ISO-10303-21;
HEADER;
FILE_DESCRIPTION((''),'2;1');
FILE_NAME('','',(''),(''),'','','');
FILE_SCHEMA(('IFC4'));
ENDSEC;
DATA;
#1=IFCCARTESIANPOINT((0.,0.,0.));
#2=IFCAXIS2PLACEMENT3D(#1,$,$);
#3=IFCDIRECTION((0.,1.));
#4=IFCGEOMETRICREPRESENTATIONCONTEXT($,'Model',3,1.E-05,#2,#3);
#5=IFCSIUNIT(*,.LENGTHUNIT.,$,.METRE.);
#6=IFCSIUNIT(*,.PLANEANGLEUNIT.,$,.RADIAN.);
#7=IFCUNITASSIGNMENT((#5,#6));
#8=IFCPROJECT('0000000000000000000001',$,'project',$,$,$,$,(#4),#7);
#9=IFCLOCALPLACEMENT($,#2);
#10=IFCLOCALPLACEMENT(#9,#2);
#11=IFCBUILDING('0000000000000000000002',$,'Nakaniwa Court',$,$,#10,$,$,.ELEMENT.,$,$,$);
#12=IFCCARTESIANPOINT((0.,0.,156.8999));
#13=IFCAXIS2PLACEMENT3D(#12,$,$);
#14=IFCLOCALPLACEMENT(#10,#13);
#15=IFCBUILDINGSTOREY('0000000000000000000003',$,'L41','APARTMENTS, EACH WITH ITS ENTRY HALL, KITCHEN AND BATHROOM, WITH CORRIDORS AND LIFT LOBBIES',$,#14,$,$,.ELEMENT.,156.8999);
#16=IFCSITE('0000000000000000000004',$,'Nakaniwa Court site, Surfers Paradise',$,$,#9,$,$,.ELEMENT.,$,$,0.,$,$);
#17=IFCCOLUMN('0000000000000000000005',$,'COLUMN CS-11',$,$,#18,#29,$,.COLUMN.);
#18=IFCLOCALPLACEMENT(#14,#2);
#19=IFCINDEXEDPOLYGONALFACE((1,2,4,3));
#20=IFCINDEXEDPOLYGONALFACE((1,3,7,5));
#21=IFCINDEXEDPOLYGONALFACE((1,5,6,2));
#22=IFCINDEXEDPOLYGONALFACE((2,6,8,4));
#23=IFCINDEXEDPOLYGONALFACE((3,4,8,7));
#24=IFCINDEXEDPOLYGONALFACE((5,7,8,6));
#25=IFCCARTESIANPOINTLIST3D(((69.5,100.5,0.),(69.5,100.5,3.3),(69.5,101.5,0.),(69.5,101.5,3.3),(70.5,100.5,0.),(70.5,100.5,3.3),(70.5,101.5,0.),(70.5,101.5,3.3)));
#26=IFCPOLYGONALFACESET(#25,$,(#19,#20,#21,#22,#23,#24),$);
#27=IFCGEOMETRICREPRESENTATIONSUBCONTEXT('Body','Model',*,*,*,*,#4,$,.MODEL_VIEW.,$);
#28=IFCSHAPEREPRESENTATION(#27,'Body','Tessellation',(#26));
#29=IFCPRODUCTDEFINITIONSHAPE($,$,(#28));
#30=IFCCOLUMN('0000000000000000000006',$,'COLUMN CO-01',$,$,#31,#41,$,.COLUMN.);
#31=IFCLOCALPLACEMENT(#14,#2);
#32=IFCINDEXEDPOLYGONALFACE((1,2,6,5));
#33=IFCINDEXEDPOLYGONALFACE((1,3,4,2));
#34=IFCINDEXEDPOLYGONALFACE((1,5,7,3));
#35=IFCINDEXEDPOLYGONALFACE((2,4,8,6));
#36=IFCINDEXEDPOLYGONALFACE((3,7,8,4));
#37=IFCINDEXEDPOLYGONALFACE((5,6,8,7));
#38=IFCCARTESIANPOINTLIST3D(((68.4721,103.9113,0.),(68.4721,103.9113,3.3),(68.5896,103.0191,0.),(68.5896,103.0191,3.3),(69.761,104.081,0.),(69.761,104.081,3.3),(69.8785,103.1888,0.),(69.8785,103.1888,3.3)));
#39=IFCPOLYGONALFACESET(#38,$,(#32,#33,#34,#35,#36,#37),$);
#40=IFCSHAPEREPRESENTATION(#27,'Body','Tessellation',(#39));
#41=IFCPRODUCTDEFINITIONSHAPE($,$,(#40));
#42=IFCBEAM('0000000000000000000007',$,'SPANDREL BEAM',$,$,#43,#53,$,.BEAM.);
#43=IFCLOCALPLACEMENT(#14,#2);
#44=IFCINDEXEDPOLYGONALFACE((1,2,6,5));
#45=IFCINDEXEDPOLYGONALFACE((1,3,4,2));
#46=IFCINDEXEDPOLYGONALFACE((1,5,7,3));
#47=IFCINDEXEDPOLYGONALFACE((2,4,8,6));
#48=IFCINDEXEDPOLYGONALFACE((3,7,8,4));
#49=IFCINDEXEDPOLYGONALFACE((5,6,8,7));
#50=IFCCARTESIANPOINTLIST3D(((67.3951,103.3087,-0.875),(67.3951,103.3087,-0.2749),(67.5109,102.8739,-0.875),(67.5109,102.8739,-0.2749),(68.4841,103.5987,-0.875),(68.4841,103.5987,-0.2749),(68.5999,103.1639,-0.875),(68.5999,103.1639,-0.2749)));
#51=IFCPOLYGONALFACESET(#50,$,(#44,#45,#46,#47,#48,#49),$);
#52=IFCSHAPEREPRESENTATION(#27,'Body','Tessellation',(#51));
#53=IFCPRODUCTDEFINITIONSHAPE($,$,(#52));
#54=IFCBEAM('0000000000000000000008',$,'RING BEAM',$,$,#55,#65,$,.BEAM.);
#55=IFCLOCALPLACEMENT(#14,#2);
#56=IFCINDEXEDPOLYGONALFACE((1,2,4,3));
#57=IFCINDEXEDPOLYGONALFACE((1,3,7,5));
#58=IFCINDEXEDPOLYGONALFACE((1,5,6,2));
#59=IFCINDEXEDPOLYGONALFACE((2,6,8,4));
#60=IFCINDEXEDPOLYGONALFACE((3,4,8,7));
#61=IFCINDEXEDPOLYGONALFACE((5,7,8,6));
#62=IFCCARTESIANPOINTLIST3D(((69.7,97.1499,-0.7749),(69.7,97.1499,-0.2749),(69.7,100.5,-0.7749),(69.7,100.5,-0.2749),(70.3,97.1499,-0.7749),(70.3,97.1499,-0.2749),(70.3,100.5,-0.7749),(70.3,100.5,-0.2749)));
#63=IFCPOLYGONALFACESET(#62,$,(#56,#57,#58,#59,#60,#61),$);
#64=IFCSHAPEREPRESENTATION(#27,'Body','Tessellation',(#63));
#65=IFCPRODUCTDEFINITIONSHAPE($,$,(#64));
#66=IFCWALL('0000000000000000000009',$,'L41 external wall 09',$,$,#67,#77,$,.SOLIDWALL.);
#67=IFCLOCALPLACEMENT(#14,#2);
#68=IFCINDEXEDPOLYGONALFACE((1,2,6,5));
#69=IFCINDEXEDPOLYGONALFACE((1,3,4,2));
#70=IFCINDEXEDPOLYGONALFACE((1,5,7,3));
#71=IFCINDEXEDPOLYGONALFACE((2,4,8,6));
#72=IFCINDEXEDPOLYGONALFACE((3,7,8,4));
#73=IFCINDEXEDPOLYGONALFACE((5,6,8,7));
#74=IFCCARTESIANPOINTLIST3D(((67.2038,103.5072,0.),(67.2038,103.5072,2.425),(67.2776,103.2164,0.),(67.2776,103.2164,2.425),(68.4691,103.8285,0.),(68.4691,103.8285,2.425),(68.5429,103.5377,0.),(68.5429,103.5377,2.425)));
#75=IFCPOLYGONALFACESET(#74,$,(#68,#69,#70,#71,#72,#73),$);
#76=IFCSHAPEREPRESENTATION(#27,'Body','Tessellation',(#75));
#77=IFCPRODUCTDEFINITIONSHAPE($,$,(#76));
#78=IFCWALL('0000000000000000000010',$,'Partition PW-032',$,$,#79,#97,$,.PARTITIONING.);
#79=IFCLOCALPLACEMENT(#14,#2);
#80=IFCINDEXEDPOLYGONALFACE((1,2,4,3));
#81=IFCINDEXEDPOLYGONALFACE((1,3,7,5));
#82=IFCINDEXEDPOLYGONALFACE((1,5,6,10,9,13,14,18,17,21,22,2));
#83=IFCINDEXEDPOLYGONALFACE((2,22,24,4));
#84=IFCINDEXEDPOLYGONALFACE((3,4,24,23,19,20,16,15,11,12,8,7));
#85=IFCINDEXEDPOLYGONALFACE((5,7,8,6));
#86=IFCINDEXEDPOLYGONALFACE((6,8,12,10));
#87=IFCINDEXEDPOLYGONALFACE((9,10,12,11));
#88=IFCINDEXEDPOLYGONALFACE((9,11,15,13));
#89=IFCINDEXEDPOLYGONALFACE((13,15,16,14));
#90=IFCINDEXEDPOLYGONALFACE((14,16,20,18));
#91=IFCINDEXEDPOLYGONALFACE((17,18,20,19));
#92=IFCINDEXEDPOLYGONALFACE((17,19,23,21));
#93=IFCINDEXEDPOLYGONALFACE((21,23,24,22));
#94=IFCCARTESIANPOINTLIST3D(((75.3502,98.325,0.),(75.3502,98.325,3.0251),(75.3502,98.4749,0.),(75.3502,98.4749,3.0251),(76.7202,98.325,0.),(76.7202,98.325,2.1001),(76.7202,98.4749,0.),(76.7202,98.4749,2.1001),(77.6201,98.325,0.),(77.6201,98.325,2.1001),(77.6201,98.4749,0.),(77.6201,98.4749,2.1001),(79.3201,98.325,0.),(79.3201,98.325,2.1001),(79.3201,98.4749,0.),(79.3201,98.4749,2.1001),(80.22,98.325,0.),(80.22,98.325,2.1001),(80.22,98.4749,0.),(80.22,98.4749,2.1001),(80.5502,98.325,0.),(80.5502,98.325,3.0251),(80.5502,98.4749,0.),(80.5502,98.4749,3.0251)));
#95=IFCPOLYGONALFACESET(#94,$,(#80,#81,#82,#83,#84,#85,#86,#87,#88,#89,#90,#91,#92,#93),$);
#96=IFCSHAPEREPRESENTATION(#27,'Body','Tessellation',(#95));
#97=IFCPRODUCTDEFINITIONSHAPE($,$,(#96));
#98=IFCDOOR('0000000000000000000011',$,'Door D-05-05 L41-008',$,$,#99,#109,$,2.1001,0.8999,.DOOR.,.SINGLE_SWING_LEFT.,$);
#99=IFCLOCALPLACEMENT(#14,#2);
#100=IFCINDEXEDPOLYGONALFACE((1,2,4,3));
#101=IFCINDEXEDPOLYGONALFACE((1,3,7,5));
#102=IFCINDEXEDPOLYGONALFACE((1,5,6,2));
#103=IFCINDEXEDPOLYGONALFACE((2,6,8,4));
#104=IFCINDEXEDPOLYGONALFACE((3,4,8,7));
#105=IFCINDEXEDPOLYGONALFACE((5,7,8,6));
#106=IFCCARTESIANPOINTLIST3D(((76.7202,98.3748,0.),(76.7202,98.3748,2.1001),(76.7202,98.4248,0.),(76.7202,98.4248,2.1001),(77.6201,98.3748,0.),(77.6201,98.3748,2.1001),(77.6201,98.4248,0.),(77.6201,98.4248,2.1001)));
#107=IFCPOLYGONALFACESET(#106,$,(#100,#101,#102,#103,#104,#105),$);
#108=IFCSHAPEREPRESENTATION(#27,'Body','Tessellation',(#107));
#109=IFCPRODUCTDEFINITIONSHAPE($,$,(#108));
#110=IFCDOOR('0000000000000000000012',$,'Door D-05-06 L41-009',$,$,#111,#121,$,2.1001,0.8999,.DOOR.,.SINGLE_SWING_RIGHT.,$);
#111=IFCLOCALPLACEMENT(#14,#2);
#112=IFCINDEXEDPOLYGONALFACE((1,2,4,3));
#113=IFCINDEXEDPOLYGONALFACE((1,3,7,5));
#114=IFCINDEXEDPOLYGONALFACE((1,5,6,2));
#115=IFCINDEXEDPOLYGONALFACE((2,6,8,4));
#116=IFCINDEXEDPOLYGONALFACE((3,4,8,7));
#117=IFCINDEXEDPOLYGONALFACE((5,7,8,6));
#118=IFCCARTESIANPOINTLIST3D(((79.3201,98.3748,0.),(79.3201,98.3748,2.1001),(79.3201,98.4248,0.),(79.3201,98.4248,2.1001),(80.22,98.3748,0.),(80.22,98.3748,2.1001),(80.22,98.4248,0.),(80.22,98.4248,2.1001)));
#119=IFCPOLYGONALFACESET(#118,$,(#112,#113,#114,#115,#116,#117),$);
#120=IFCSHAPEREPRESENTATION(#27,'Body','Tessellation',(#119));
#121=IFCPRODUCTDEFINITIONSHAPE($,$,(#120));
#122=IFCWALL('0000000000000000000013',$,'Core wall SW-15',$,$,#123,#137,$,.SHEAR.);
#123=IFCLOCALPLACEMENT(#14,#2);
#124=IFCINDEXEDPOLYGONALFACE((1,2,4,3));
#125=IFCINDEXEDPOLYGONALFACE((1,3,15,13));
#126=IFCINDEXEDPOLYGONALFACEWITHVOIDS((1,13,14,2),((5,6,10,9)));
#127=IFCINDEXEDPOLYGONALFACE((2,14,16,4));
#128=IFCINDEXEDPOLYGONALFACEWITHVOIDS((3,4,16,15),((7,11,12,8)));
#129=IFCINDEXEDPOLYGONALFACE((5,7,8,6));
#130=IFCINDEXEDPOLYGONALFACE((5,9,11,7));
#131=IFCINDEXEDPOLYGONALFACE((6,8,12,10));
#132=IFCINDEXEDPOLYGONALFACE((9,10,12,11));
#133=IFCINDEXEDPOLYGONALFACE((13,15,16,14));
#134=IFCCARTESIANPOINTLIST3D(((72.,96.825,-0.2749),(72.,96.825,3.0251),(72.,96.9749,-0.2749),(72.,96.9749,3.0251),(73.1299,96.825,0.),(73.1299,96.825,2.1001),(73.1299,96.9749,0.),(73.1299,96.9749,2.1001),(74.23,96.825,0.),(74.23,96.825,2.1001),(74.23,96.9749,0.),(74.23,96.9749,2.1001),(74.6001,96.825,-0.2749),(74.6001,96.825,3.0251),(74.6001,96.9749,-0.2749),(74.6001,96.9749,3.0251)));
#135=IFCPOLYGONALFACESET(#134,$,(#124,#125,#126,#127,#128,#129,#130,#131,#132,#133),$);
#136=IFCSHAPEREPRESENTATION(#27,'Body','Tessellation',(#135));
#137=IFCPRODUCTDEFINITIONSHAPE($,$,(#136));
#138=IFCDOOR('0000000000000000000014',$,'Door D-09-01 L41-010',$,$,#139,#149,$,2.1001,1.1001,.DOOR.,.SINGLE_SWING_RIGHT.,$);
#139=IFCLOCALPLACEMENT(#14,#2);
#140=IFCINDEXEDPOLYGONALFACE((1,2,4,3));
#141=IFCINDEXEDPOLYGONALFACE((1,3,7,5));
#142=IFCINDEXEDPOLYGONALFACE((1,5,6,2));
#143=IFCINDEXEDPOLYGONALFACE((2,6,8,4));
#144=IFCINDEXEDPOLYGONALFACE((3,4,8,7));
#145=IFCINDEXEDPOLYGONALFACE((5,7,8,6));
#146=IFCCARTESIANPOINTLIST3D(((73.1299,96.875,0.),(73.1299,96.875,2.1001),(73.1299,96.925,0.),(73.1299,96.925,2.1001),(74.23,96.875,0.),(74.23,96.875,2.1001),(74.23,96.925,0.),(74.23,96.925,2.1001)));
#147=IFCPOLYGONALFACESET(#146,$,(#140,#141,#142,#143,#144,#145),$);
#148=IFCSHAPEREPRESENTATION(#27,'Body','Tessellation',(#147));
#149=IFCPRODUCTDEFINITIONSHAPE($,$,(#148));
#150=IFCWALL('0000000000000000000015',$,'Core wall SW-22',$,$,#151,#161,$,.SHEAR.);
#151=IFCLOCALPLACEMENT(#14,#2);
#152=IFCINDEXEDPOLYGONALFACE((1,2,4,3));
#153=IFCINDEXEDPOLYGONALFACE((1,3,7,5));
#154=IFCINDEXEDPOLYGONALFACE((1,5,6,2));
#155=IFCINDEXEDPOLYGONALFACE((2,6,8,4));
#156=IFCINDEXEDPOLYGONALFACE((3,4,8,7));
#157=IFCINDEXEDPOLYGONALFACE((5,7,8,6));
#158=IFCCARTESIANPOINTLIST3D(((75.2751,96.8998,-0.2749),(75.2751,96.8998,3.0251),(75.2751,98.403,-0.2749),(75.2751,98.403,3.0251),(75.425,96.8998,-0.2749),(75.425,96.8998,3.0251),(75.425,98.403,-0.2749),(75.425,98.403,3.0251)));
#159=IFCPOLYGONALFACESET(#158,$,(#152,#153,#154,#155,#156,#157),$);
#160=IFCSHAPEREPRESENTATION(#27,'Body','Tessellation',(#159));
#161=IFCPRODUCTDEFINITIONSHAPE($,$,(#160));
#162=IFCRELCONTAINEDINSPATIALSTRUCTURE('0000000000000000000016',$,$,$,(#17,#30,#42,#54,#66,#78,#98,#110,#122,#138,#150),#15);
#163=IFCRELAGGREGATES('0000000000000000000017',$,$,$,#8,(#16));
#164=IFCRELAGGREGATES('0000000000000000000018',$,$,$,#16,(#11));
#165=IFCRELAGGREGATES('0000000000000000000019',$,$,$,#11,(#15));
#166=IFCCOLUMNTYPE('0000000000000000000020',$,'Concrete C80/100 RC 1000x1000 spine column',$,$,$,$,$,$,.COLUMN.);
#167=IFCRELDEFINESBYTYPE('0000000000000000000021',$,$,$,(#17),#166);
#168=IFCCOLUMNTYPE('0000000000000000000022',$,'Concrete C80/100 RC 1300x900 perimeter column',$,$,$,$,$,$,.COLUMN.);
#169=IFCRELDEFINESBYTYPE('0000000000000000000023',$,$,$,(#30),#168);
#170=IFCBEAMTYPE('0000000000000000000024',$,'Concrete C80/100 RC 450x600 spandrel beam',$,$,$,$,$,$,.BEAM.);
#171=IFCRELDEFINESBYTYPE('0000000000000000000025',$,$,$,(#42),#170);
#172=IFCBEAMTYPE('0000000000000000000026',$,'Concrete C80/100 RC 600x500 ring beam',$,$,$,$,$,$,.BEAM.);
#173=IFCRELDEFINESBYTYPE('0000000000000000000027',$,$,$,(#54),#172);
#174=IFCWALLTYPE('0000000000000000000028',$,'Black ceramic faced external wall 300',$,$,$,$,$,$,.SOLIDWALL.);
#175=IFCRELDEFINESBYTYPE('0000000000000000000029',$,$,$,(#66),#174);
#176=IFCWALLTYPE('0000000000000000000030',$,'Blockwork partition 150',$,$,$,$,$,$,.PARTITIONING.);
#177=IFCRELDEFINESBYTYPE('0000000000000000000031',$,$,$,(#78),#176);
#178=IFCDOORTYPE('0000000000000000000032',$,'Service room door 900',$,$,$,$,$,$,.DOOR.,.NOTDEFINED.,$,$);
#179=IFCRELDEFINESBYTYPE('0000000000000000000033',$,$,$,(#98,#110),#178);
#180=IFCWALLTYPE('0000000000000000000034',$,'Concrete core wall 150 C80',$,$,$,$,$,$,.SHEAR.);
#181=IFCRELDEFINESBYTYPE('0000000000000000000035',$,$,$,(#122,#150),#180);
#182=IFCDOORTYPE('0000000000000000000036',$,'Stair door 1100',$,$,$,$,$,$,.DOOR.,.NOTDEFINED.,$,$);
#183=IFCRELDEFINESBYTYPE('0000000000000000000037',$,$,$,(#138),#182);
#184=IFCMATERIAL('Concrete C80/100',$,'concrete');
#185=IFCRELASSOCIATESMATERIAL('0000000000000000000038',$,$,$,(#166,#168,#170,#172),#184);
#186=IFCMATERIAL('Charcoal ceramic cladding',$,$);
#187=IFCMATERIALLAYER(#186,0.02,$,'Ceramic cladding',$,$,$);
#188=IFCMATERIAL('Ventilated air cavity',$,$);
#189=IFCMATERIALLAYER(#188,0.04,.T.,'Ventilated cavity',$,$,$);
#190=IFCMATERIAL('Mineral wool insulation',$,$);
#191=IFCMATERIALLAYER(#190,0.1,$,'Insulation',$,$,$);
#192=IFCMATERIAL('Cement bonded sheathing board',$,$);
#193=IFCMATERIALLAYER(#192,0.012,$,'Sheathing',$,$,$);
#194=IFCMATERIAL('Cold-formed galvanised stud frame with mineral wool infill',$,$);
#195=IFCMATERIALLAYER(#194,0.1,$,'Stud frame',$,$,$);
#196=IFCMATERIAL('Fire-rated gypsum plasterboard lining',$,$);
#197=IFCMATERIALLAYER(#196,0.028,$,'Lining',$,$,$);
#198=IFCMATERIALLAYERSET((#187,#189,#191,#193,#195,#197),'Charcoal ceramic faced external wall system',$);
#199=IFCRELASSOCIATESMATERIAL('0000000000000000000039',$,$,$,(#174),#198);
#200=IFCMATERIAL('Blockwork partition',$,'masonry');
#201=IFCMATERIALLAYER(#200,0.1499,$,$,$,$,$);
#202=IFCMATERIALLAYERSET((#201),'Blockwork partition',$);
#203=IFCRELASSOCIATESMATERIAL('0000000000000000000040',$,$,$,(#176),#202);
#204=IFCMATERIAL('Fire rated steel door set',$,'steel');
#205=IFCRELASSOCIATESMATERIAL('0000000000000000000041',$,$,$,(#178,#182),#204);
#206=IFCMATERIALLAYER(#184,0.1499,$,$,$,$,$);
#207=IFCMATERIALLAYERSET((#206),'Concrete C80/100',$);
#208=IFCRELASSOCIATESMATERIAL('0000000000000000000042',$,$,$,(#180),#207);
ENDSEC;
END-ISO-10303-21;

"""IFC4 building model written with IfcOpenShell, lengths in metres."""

from ifc_helpers import new_model, si_unit, direction, frame, frame_2d, origin, origin_2d, place, context, subcontext, project, spatial, rectangle, extrude, material, layer, layer_set, material_profile, profile_set, type_object, element, fill, save


model = new_model("IFC4")

# Units and contexts
model_context = context("Model", 3, precision=1e-05, world=origin(), true_north=direction((0.0, 1.0)))
body_context = subcontext(model_context, "Body", "Model", "MODEL_VIEW")
ifc_project = project(units=[si_unit("LENGTHUNIT", "METRE"), si_unit("PLANEANGLEUNIT", "RADIAN")], contexts=[model_context])

# Site, building, storey
site_placement = place(None, origin())
site = spatial("IfcSite", under=ifc_project, at=site_placement, Name="Nakaniwa Court site, Surfers Paradise", CompositionType="ELEMENT", RefElevation=0.0)
building_placement = place(site_placement, origin())
building = spatial("IfcBuilding", under=site, at=building_placement, Name="Nakaniwa Court", CompositionType="ELEMENT")
storey_placement = place(building_placement, frame((0.0, 0.0, 156.8999)))
storey = spatial("IfcBuildingStorey", under=building, at=storey_placement, Name="L41", Description="APARTMENTS, EACH WITH ITS ENTRY HALL, KITCHEN AND BATHROOM, WITH CORRIDORS AND LIFT LOBBIES", CompositionType="ELEMENT", Elevation=156.8999)

# Columns
ifc_material_1 = material(Name="Concrete C80/100", Category="concrete")
ifc_material_profile_1 = material_profile(ifc_material_1, rectangle(XDim=1.0, YDim=1.0, at=origin_2d()), Name="Concrete C80/100 RC 1000x1000 spine column")
ifc_profile_set_1 = profile_set([ifc_material_profile_1], Name="Concrete C80/100")
column_type_1 = type_object("IfcColumnType", Name="Concrete C80/100 RC 1000x1000 spine column", PredefinedType="COLUMN", material=ifc_profile_set_1)
column_1_placement = place(storey_placement, frame((70.0, 101.0, 0.0), z_axis=(0.0, 0.0, 1.0), x_axis=(0.0, -1.0, 0.0)))
element("IfcColumn", 1, at=column_1_placement, inside=storey, type_object=column_type_1, Name="COLUMN CS-11", PredefinedType="COLUMN", context=body_context, shape_type="SweptSolid", body=[
    extrude(rectangle(XDim=1.0, YDim=1.0, at=origin_2d()), origin(), (0.0, 0.0, 1.0), 3.3),
])
ifc_material_profile_2 = material_profile(ifc_material_1, rectangle(XDim=1.3, YDim=0.8999, at=origin_2d()), Name="Concrete C80/100 RC 1300x900 perimeter column")
ifc_profile_set_2 = profile_set([ifc_material_profile_2], Name="Concrete C80/100")
column_type_2 = type_object("IfcColumnType", Name="Concrete C80/100 RC 1300x900 perimeter column", PredefinedType="COLUMN", material=ifc_profile_set_2)
column_2_placement = place(storey_placement, frame((69.1753, 103.55, 0.0), z_axis=(0.0, 0.0, 1.0), x_axis=(-0.991443, -0.130543, 0.0)))
element("IfcColumn", 2, at=column_2_placement, inside=storey, type_object=column_type_2, Name="COLUMN CO-01", PredefinedType="COLUMN", context=body_context, shape_type="SweptSolid", body=[
    extrude(rectangle(XDim=1.3, YDim=0.8999, at=origin_2d()), origin(), (0.0, 0.0, 1.0), 3.3),
])

# Beams
ifc_material_profile_3 = material_profile(ifc_material_1, rectangle(XDim=0.45, YDim=0.6001, at=origin_2d()), Name="Concrete C80/100 RC 450x600 spandrel beam")
ifc_profile_set_3 = profile_set([ifc_material_profile_3], Name="Concrete C80/100")
beam_type_1 = type_object("IfcBeamType", Name="Concrete C80/100 RC 450x600 spandrel beam", PredefinedType="BEAM", material=ifc_profile_set_3)
beam_1_placement = place(storey_placement, frame((68.542, 103.3813, -0.575), z_axis=(-0.966321, -0.257339, 0.0), x_axis=(0.257339, -0.966321, 0.0)))
element("IfcBeam", 3, at=beam_1_placement, inside=storey, type_object=beam_type_1, Name="SPANDREL BEAM", PredefinedType="BEAM", context=body_context, shape_type="SweptSolid", body=[
    extrude(rectangle(XDim=0.45, YDim=0.6001, at=origin_2d()), origin(), (0.0, 0.0, 1.0), 1.127),
])
ifc_material_profile_4 = material_profile(ifc_material_1, rectangle(XDim=0.6001, YDim=0.5, at=origin_2d()), Name="Concrete C80/100 RC 600x500 ring beam")
ifc_profile_set_4 = profile_set([ifc_material_profile_4], Name="Concrete C80/100")
beam_type_2 = type_object("IfcBeamType", Name="Concrete C80/100 RC 600x500 ring beam", PredefinedType="BEAM", material=ifc_profile_set_4)
beam_2_placement = place(storey_placement, frame((70.0, 100.5, -0.5249), z_axis=(0.0, -1.0, 0.0), x_axis=(1.0, 0.0, 0.0)))
element("IfcBeam", 4, at=beam_2_placement, inside=storey, type_object=beam_type_2, Name="RING BEAM", PredefinedType="BEAM", context=body_context, shape_type="SweptSolid", body=[
    extrude(rectangle(XDim=0.6001, YDim=0.5, at=origin_2d()), origin(), (0.0, 0.0, 1.0), 3.3501),
])

# Wall
ifc_material_2 = material(Name="Charcoal ceramic cladding")
ifc_layer_1 = layer(ifc_material_2, 0.02, Name="Ceramic cladding")
ifc_material_3 = material(Name="Ventilated air cavity")
ifc_layer_2 = layer(ifc_material_3, 0.04, ventilated=True, Name="Ventilated cavity")
ifc_material_4 = material(Name="Mineral wool insulation")
ifc_layer_3 = layer(ifc_material_4, 0.1, Name="Insulation")
ifc_material_5 = material(Name="Cement bonded sheathing board")
ifc_layer_4 = layer(ifc_material_5, 0.012, Name="Sheathing")
ifc_material_6 = material(Name="Cold-formed galvanised stud frame with mineral wool infill")
ifc_layer_5 = layer(ifc_material_6, 0.1, Name="Stud frame")
ifc_material_7 = material(Name="Fire-rated gypsum plasterboard lining")
ifc_layer_6 = layer(ifc_material_7, 0.028, Name="Lining")
ifc_layer_set_1 = layer_set([ifc_layer_1, ifc_layer_2, ifc_layer_3, ifc_layer_4, ifc_layer_5, ifc_layer_6], Name="Charcoal ceramic faced external wall system")
wall_type_1 = type_object("IfcWallType", Name="Black ceramic faced external wall 300", PredefinedType="SOLIDWALL", material=ifc_layer_set_1)
wall_1_placement = place(storey_placement, frame((68.5061, 103.6831, 0.0), z_axis=(0.0, 0.0, 1.0), x_axis=(-0.969245, -0.246098, 0.0)))
element("IfcWall", 5, at=wall_1_placement, inside=storey, type_object=wall_type_1, Name="L41 external wall 09", PredefinedType="SOLIDWALL", context=body_context, shape_type="SweptSolid", body=[
    extrude(rectangle(XDim=1.3054, YDim=0.3, at=frame_2d((0.6528, 0.0))), origin(), (0.0, 0.0, 1.0), 2.425),
])

# Wall, openings, doors
ifc_material_8 = material(Name="Blockwork partition", Category="masonry")
ifc_layer_7 = layer(ifc_material_8, 0.1499)
ifc_layer_set_2 = layer_set([ifc_layer_7], Name="Blockwork partition")
wall_type_2 = type_object("IfcWallType", Name="Blockwork partition 150", PredefinedType="PARTITIONING", material=ifc_layer_set_2)
wall_2_placement = place(storey_placement, frame((75.3501, 98.3999, 0.0), z_axis=(0.0, 0.0, 1.0), x_axis=(1.0, 0.0, 0.0)))
wall_2 = element("IfcWall", 6, at=wall_2_placement, inside=storey, type_object=wall_type_2, Name="Partition PW-032", PredefinedType="PARTITIONING", context=body_context, shape_type="SweptSolid", body=[
    extrude(rectangle(XDim=5.2, YDim=0.1499, at=frame_2d((2.6001, 0.0))), origin(), (0.0, 0.0, 1.0), 3.0251),
])
opening_1_placement = place(wall_2_placement, frame((1.3701, 0.0, 0.0)))
opening_1 = element("IfcOpeningElement", 7, at=opening_1_placement, cuts=wall_2, PredefinedType="OPENING", context=body_context, shape_type="SweptSolid", body=[
    extrude(rectangle(XDim=0.8999, YDim=2.1001, at=frame_2d((0.45, 1.05))), frame((0.0, 0.085, 0.0), z_axis=(0.0, -1.0, 0.0), x_axis=(1.0, 0.0, 0.0)), (0.0, 0.0, 1.0), 0.1699),
])
opening_2_placement = place(wall_2_placement, frame((3.97, 0.0, 0.0)))
opening_2 = element("IfcOpeningElement", 8, at=opening_2_placement, cuts=wall_2, PredefinedType="OPENING", context=body_context, shape_type="SweptSolid", body=[
    extrude(rectangle(XDim=0.8999, YDim=2.1001, at=frame_2d((0.45, 1.05))), frame((0.0, 0.085, 0.0), z_axis=(0.0, -1.0, 0.0), x_axis=(1.0, 0.0, 0.0)), (0.0, 0.0, 1.0), 0.1699),
])
ifc_material_9 = material(Name="Fire rated steel door set", Category="steel")
door_type_1 = type_object("IfcDoorType", Name="Service room door 900", OperationType="NOTDEFINED", PredefinedType="DOOR", material=ifc_material_9)
door_1_placement = place(opening_1_placement, origin())
door_1 = element("IfcDoor", 9, at=door_1_placement, inside=storey, type_object=door_type_1, Name="Door D-05-05 L41-008", OperationType="SINGLE_SWING_LEFT", OverallHeight=2.1001, OverallWidth=0.8999, PredefinedType="DOOR", context=body_context, shape_type="SweptSolid", body=[
    extrude(rectangle(XDim=0.8999, YDim=2.1001, at=frame_2d((0.45, 1.05))), frame((0.0, 0.0249, 0.0), z_axis=(0.0, -1.0, 0.0), x_axis=(1.0, 0.0, 0.0)), (0.0, 0.0, 1.0), 0.05),
])
fill(opening_1, door_1)
door_2_placement = place(opening_2_placement, origin())
door_2 = element("IfcDoor", 10, at=door_2_placement, inside=storey, type_object=door_type_1, Name="Door D-05-06 L41-009", OperationType="SINGLE_SWING_RIGHT", OverallHeight=2.1001, OverallWidth=0.8999, PredefinedType="DOOR", context=body_context, shape_type="SweptSolid", body=[
    extrude(rectangle(XDim=0.8999, YDim=2.1001, at=frame_2d((0.45, 1.05))), frame((0.0, 0.0249, 0.0), z_axis=(0.0, -1.0, 0.0), x_axis=(1.0, 0.0, 0.0)), (0.0, 0.0, 1.0), 0.05),
])
fill(opening_2, door_2)

# Wall, opening, door
ifc_layer_8 = layer(ifc_material_1, 0.1499)
ifc_layer_set_3 = layer_set([ifc_layer_8], Name="Concrete C80/100")
wall_type_3 = type_object("IfcWallType", Name="Concrete core wall 150 C80", PredefinedType="SHEAR", material=ifc_layer_set_3)
wall_3_placement = place(storey_placement, frame((74.6001, 96.8999, -0.2749), z_axis=(0.0, 0.0, 1.0), x_axis=(-1.0, 0.0, 0.0)))
wall_3 = element("IfcWall", 11, at=wall_3_placement, inside=storey, type_object=wall_type_3, Name="Core wall SW-15", PredefinedType="SHEAR", context=body_context, shape_type="SweptSolid", body=[
    extrude(rectangle(XDim=2.6001, YDim=0.1499, at=frame_2d((1.3, 0.0))), origin(), (0.0, 0.0, 1.0), 3.3),
])
opening_3_placement = place(wall_3_placement, frame((0.3701, 0.0, 0.2749)))
opening_3 = element("IfcOpeningElement", 12, at=opening_3_placement, cuts=wall_3, PredefinedType="OPENING", context=body_context, shape_type="SweptSolid", body=[
    extrude(rectangle(XDim=1.1001, YDim=2.1001, at=frame_2d((0.55, 1.05))), frame((0.0, 0.085, 0.0), z_axis=(0.0, -1.0, 0.0), x_axis=(1.0, 0.0, 0.0)), (0.0, 0.0, 1.0), 0.1699),
])
door_type_2 = type_object("IfcDoorType", Name="Stair door 1100", OperationType="NOTDEFINED", PredefinedType="DOOR", material=ifc_material_9)
door_3_placement = place(opening_3_placement, origin())
door_3 = element("IfcDoor", 13, at=door_3_placement, inside=storey, type_object=door_type_2, Name="Door D-09-01 L41-010", OperationType="SINGLE_SWING_RIGHT", OverallHeight=2.1001, OverallWidth=1.1001, PredefinedType="DOOR", context=body_context, shape_type="SweptSolid", body=[
    extrude(rectangle(XDim=1.1001, YDim=2.1001, at=frame_2d((0.55, 1.05))), frame((0.0, 0.0249, 0.0), z_axis=(0.0, -1.0, 0.0), x_axis=(1.0, 0.0, 0.0)), (0.0, 0.0, 1.0), 0.05),
])
fill(opening_3, door_3)

# Wall
wall_4_placement = place(storey_placement, frame((75.3501, 96.8999, -0.2749), z_axis=(0.0, 0.0, 1.0), x_axis=(0.0, 1.0, 0.0)))
element("IfcWall", 14, at=wall_4_placement, inside=storey, type_object=wall_type_3, Name="Core wall SW-22", PredefinedType="SHEAR", context=body_context, shape_type="SweptSolid", body=[
    extrude(rectangle(XDim=1.5032, YDim=0.1499, at=frame_2d((0.7515, 0.0))), origin(), (0.0, 0.0, 1.0), 3.3),
])

save(model, "model.ifc")
